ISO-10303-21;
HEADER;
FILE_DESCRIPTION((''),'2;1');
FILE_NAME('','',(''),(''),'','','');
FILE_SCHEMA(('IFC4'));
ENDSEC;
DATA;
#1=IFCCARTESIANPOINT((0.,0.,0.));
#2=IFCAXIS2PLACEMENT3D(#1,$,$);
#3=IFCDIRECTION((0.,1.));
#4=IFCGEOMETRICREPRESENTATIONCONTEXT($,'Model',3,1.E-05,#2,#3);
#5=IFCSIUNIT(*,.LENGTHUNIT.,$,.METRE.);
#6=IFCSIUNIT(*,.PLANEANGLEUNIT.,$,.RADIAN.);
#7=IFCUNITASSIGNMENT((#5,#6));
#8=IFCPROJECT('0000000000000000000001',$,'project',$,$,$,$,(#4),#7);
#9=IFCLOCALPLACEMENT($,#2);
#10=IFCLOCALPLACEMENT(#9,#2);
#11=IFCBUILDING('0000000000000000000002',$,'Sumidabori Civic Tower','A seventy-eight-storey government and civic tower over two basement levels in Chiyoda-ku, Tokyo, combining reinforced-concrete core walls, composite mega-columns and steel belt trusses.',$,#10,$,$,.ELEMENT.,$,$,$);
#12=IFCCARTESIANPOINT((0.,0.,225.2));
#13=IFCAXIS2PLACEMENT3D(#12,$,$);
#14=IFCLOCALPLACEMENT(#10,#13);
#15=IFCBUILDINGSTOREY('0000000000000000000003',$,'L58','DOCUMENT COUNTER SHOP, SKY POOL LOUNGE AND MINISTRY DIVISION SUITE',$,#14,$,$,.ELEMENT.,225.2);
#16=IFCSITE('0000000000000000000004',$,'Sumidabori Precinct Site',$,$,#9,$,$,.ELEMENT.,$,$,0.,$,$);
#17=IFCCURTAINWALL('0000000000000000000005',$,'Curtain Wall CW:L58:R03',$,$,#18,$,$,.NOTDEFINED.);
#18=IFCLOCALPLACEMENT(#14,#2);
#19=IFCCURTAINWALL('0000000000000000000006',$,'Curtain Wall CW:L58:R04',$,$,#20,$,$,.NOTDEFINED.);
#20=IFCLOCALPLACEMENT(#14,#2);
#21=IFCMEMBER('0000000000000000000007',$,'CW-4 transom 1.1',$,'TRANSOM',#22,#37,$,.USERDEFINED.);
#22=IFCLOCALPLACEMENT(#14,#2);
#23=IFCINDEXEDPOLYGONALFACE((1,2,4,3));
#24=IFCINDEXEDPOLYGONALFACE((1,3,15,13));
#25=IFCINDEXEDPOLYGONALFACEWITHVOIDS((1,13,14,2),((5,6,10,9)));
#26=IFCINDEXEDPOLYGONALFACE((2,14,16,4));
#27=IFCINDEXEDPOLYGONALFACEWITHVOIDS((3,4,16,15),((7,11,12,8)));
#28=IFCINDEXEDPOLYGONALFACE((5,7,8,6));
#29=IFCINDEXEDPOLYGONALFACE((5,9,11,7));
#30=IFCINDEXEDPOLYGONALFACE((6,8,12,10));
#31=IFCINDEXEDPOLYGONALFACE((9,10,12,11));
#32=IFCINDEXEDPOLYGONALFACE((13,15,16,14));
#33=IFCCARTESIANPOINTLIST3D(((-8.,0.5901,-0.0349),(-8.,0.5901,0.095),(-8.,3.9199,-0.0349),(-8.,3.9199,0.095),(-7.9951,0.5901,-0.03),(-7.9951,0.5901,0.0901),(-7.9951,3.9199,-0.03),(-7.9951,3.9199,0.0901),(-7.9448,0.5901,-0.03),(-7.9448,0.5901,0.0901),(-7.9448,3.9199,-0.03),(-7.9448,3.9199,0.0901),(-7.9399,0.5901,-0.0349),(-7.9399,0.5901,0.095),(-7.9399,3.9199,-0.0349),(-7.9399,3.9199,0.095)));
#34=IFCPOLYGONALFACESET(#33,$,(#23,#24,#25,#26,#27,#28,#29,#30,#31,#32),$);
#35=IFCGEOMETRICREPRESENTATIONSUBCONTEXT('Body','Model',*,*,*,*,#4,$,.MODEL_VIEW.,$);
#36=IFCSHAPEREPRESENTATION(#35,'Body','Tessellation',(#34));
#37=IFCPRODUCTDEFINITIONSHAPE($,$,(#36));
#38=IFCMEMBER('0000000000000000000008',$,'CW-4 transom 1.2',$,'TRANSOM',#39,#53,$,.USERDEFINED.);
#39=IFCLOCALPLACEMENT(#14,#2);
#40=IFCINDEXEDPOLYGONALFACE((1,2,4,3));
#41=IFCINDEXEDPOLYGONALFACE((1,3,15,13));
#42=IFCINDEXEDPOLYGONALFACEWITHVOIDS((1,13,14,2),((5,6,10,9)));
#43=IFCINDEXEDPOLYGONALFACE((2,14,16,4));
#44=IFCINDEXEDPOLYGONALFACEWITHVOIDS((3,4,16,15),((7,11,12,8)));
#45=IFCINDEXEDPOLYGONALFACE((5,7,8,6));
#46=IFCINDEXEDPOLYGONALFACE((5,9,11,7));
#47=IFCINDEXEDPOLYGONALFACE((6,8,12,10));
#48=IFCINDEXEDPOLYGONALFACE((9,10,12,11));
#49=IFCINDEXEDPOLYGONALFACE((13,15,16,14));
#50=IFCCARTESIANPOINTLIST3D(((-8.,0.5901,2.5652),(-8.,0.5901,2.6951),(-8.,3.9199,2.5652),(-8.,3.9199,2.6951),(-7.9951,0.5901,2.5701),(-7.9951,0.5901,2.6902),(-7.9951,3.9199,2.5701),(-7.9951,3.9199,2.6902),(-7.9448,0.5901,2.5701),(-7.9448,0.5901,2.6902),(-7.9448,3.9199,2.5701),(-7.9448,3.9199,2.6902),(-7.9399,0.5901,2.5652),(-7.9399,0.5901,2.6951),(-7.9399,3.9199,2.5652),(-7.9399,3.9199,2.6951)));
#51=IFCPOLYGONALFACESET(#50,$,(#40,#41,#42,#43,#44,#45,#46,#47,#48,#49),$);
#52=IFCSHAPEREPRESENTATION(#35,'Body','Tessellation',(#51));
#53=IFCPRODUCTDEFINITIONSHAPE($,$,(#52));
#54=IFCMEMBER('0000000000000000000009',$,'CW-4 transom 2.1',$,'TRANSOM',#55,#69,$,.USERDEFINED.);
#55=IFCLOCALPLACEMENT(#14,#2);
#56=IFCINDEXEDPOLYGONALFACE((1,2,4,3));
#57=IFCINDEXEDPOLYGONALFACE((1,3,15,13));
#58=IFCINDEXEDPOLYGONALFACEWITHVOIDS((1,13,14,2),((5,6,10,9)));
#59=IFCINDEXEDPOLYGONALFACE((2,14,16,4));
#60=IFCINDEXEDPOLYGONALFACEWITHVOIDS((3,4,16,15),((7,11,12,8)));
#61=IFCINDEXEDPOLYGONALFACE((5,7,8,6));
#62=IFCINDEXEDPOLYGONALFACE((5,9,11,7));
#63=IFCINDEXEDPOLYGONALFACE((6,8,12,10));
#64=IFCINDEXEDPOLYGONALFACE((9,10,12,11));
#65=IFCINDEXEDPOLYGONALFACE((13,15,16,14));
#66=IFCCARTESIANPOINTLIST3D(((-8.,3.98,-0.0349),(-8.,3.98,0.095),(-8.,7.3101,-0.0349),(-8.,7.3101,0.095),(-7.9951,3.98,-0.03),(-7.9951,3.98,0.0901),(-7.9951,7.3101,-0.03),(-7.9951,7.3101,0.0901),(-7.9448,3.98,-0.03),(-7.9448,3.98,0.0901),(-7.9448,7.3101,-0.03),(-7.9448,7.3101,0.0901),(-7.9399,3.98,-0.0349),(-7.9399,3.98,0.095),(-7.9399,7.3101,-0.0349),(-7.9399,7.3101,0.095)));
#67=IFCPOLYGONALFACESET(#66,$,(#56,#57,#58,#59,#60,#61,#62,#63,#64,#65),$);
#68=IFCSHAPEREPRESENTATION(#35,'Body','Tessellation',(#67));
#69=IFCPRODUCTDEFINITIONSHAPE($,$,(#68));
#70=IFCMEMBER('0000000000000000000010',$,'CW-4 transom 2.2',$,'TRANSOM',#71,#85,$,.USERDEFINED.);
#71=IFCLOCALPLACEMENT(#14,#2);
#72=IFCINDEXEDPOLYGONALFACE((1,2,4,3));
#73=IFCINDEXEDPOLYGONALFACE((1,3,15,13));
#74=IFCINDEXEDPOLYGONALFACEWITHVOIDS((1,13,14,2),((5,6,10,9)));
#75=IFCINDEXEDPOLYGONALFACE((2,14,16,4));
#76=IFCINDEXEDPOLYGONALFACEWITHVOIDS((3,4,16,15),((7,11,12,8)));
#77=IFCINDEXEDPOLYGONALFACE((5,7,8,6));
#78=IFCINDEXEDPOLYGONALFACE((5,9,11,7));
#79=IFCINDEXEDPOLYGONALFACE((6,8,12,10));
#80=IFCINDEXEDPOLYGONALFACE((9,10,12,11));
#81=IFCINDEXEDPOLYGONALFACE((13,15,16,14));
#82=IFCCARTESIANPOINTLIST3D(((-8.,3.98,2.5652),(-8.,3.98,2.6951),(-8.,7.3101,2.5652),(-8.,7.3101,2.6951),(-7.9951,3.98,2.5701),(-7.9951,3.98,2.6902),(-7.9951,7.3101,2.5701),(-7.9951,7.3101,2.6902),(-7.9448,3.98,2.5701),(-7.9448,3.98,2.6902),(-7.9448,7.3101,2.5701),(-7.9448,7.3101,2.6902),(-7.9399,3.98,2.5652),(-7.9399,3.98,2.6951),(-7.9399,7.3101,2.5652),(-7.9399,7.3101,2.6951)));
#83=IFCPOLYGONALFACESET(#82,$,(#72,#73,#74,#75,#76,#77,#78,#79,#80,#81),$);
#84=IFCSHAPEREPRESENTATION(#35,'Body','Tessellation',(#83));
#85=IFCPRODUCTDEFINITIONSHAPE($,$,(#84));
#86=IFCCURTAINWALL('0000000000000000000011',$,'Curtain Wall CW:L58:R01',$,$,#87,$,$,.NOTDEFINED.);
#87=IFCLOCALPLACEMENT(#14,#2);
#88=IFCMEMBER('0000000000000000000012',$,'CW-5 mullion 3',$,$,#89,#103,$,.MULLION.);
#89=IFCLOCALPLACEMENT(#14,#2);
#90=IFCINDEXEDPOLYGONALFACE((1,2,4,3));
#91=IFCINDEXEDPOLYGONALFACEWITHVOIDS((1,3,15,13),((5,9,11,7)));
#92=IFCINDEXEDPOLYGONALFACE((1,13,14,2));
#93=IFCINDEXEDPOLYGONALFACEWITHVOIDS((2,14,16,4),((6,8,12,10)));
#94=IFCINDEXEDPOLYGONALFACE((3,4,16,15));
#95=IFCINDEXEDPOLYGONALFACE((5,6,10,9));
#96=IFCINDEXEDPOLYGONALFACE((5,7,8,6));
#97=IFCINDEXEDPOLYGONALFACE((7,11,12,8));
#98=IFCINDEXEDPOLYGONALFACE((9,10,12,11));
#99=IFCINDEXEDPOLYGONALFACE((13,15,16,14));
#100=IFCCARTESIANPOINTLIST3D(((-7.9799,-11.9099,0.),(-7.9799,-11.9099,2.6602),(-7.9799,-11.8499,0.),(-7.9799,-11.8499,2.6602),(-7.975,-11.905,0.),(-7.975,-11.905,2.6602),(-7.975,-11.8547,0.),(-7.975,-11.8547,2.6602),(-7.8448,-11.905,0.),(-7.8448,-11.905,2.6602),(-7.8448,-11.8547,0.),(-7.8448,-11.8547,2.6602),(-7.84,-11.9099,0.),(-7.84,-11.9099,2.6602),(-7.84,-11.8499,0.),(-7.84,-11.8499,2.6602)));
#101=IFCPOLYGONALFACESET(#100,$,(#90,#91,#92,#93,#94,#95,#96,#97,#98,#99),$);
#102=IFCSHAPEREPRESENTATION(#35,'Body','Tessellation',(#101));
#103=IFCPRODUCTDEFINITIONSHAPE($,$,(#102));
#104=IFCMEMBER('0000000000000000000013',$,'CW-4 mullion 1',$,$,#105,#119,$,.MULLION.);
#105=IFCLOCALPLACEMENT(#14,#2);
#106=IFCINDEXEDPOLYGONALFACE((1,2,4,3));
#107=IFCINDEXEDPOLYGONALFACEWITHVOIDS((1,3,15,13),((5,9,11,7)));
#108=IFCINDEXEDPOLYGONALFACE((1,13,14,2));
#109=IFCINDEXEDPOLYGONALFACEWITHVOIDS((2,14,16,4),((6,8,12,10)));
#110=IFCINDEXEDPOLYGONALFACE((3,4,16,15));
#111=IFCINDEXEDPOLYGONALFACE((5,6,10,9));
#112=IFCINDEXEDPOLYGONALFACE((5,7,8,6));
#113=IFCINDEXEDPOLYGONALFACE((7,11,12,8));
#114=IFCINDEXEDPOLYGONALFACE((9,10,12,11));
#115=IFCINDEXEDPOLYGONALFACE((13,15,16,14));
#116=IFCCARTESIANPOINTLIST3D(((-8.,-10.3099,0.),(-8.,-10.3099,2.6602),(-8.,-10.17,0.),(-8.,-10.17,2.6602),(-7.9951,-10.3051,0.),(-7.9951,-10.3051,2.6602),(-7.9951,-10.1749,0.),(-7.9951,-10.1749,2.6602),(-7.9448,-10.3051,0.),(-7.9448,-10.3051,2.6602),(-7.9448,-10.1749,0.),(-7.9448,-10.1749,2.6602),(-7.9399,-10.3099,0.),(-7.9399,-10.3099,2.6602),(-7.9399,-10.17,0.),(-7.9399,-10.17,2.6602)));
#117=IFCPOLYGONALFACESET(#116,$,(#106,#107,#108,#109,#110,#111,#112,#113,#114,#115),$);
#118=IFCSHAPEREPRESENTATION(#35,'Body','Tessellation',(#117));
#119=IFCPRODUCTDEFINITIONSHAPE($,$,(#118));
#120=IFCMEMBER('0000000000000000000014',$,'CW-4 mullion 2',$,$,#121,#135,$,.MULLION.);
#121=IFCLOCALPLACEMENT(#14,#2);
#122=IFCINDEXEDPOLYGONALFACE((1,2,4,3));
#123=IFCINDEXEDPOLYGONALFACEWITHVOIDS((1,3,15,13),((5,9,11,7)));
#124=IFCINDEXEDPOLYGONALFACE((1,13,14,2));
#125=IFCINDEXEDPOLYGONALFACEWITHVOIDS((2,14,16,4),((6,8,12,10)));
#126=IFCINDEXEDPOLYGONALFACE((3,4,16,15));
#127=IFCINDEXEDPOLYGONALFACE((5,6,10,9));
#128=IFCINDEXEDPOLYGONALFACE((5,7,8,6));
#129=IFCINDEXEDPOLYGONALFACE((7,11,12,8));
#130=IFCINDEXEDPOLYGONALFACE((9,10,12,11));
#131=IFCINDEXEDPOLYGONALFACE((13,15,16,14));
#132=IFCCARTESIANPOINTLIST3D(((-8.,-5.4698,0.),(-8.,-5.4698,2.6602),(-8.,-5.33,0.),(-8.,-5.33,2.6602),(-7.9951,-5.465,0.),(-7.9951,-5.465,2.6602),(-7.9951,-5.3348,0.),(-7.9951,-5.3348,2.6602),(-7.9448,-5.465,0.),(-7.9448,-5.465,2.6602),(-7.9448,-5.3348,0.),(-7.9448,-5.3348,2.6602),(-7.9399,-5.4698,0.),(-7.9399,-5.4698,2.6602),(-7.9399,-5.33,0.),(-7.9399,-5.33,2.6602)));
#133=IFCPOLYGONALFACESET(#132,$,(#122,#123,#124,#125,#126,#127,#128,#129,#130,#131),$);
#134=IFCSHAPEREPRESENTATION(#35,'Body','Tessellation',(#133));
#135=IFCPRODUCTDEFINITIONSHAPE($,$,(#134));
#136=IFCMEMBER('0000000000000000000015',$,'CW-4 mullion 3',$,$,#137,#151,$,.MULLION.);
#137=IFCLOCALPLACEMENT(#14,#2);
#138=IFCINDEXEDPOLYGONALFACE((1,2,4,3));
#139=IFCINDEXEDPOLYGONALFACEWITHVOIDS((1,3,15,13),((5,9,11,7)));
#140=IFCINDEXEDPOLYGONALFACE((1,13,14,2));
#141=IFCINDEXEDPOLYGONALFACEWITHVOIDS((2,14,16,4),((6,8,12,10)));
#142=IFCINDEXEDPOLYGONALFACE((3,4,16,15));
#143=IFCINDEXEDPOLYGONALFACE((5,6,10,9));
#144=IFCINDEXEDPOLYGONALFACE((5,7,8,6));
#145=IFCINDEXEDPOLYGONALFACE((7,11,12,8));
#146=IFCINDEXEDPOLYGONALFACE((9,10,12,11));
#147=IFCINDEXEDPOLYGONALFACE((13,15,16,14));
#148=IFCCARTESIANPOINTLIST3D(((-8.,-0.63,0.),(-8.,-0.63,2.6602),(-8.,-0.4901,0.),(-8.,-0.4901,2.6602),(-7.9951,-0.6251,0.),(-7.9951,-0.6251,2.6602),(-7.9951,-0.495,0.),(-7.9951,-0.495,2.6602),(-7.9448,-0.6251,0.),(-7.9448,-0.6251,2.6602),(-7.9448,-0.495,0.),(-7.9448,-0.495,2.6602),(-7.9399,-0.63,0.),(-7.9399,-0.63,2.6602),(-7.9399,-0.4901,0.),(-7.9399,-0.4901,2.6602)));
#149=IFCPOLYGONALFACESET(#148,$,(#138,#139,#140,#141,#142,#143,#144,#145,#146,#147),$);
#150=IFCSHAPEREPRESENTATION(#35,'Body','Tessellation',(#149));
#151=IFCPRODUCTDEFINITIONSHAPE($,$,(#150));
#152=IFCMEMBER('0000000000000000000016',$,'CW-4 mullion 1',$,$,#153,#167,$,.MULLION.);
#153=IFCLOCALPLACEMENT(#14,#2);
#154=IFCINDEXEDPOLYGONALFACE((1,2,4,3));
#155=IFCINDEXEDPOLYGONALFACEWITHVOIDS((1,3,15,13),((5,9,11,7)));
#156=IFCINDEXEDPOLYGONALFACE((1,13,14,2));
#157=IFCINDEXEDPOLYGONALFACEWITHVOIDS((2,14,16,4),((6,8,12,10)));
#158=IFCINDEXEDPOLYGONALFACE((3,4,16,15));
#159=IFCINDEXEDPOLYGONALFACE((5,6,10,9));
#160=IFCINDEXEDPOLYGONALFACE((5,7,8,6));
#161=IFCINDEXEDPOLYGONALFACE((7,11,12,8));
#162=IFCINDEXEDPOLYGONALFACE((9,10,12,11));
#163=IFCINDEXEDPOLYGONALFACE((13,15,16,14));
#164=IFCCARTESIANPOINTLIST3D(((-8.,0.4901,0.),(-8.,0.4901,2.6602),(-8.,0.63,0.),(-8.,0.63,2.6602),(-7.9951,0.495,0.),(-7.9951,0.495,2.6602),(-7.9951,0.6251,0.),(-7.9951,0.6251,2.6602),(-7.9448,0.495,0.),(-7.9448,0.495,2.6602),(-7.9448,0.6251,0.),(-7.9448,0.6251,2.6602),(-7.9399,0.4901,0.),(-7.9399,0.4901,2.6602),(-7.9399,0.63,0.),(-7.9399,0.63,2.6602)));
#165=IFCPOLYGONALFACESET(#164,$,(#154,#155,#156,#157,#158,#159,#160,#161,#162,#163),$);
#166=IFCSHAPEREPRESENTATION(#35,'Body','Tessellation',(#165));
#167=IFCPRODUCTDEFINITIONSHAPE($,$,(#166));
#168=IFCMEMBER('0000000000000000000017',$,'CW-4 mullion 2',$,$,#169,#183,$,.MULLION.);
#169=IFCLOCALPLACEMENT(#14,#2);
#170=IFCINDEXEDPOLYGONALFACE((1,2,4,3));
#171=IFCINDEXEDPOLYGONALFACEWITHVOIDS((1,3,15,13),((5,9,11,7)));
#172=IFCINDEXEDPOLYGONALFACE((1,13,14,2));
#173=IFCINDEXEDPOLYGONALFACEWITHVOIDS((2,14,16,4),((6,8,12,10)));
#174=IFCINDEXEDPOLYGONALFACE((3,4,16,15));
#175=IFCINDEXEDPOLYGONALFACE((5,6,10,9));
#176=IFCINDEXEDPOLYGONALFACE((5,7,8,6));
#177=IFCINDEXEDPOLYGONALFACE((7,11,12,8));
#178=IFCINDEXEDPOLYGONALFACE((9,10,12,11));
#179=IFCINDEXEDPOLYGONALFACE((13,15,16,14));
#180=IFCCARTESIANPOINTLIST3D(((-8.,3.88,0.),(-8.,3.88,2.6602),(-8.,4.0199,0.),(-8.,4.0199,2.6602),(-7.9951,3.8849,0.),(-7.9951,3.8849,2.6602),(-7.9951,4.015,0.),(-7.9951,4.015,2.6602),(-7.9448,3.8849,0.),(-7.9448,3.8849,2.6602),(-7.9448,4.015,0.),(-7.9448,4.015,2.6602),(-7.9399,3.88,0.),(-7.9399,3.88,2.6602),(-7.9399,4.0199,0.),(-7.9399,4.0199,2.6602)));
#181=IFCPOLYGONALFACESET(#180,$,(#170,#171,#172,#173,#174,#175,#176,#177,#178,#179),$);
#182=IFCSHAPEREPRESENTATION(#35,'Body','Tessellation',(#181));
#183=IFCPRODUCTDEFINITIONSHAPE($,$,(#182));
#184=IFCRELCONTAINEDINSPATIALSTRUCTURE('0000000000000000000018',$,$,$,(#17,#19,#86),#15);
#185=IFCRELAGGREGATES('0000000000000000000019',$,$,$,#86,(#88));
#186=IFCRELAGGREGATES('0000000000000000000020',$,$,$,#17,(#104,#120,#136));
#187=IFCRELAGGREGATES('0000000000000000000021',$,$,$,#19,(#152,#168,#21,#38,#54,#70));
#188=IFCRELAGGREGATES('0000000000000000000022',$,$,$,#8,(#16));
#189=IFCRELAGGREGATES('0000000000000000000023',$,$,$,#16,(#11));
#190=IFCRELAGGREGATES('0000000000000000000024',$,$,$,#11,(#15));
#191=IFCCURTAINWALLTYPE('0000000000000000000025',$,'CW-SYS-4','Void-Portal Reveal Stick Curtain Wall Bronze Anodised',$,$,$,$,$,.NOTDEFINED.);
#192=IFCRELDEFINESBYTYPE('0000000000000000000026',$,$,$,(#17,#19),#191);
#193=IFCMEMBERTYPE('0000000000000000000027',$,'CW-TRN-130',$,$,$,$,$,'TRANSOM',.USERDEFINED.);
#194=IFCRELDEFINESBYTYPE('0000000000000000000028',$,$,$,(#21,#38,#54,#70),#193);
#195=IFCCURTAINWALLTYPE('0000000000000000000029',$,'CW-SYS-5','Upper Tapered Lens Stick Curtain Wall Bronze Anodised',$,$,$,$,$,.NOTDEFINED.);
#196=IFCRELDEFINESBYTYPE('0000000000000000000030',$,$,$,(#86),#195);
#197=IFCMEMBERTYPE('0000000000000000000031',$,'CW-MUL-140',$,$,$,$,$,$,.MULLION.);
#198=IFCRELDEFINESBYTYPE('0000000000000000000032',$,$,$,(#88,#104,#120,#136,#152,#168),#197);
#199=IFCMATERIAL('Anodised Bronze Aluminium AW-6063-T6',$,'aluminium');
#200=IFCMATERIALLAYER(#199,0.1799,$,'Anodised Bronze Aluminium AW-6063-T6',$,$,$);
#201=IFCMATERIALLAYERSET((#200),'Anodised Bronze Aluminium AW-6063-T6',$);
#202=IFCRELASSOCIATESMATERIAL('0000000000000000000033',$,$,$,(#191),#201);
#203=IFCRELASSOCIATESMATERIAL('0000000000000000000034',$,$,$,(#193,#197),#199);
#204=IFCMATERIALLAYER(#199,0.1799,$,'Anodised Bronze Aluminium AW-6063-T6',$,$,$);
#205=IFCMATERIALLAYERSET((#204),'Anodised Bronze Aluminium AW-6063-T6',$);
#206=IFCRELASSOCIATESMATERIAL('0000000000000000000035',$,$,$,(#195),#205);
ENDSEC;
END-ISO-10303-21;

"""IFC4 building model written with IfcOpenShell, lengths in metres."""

from ifc_helpers import new_model, si_unit, direction, frame, origin, origin_2d, place, context, subcontext, project, spatial, hollow_rectangle, extrude, source, transform, mapped, material, layer, layer_set, material_profile, profile_set, type_object, element, aggregate, save


model = new_model("IFC4")

# Units and contexts
model_context = context("Model", 3, precision=1e-05, world=origin(), true_north=direction((0.0, 1.0)))
body_context = subcontext(model_context, "Body", "Model", "MODEL_VIEW")
ifc_project = project(units=[si_unit("LENGTHUNIT", "METRE"), si_unit("PLANEANGLEUNIT", "RADIAN")], contexts=[model_context])

# Site, building, storey
site_placement = place(None, origin())
site = spatial("IfcSite", under=ifc_project, at=site_placement, Name="Sumidabori Precinct Site", CompositionType="ELEMENT", RefElevation=0.0)
building_placement = place(site_placement, origin())
building = spatial("IfcBuilding", under=site, at=building_placement, Name="Sumidabori Civic Tower", Description="A seventy-eight-storey government and civic tower over two basement levels in Chiyoda-ku, Tokyo, combining reinforced-concrete core walls, composite mega-columns and steel belt trusses.", CompositionType="ELEMENT")
storey_placement = place(building_placement, frame((0.0, 0.0, 225.2)))
storey = spatial("IfcBuildingStorey", under=building, at=storey_placement, Name="L58", Description="DOCUMENT COUNTER SHOP, SKY POOL LOUNGE AND MINISTRY DIVISION SUITE", CompositionType="ELEMENT", Elevation=225.2)

# Curtain walls, members
ifc_material_1 = material(Name="Anodised Bronze Aluminium AW-6063-T6", Category="aluminium")
ifc_layer_1 = layer(ifc_material_1, 0.1799, Name="Anodised Bronze Aluminium AW-6063-T6")
ifc_layer_set_1 = layer_set([ifc_layer_1], Name="Anodised Bronze Aluminium AW-6063-T6")
curtain_wall_type_1 = type_object("IfcCurtainWallType", Name="CW-SYS-4", Description="Void-Portal Reveal Stick Curtain Wall Bronze Anodised", PredefinedType="NOTDEFINED", material=ifc_layer_set_1)
curtain_wall_1_placement = place(storey_placement, origin())
curtain_wall_1 = element("IfcCurtainWall", 1, at=curtain_wall_1_placement, inside=storey, type_object=curtain_wall_type_1, Name="Curtain Wall CW:L58:R03", PredefinedType="NOTDEFINED")
ifc_material_profile_1 = material_profile(ifc_material_1, hollow_rectangle(XDim=0.0601, YDim=0.1299, WallThickness=0.0049, at=origin_2d()), Name="ALU TRANSOM 130x60")
ifc_profile_set_1 = profile_set([ifc_material_profile_1], Name="Anodised Bronze Aluminium AW-6063-T6")
member_type_1 = type_object("IfcMemberType", Name="CW-TRN-130", ElementType="TRANSOM", PredefinedType="USERDEFINED", material=ifc_profile_set_1)
curtain_wall_2_placement = place(storey_placement, origin())
curtain_wall_2 = element("IfcCurtainWall", 2, at=curtain_wall_2_placement, inside=storey, type_object=curtain_wall_type_1, Name="Curtain Wall CW:L58:R04", PredefinedType="NOTDEFINED")
shared_shape_1 = source(origin(), body_context, "Body", "SweptSolid", [
    extrude(hollow_rectangle(XDim=0.0601, YDim=0.1299, WallThickness=0.0049, at=origin_2d()), origin(), (0.0, 0.0, 1.0), 3.3298),
])
member_1_placement = place(storey_placement, frame((-7.97, 0.5901, 0.03), z_axis=(0.0, 1.0, 0.0), x_axis=(-1.0, 0.0, 0.0)))
member_1 = element("IfcMember", 3, at=member_1_placement, type_object=member_type_1, Name="CW-4 transom 1.1", ObjectType="TRANSOM", PredefinedType="USERDEFINED", context=body_context, shape_type="MappedRepresentation", body=[
    mapped(shared_shape_1, transform((0.0, 0.0, 0.0), x_axis=(1.0, 0.0, 0.0), y_axis=(0.0, 1.0, 0.0), z_axis=(0.0, 0.0, 1.0), scale=1.0)),
])
member_2_placement = place(storey_placement, frame((-7.97, 0.5901, 2.6301), z_axis=(0.0, 1.0, 0.0), x_axis=(-1.0, 0.0, 0.0)))
member_2 = element("IfcMember", 4, at=member_2_placement, type_object=member_type_1, Name="CW-4 transom 1.2", ObjectType="TRANSOM", PredefinedType="USERDEFINED", context=body_context, shape_type="MappedRepresentation", body=[
    mapped(shared_shape_1, transform((0.0, 0.0, 0.0), x_axis=(1.0, 0.0, 0.0), y_axis=(0.0, 1.0, 0.0), z_axis=(0.0, 0.0, 1.0), scale=1.0)),
])
shared_shape_2 = source(origin(), body_context, "Body", "SweptSolid", [
    extrude(hollow_rectangle(XDim=0.0601, YDim=0.1299, WallThickness=0.0049, at=origin_2d()), origin(), (0.0, 0.0, 1.0), 3.3301),
])
member_3_placement = place(storey_placement, frame((-7.97, 3.98, 0.03), z_axis=(0.0, 1.0, 0.0), x_axis=(-1.0, 0.0, 0.0)))
member_3 = element("IfcMember", 5, at=member_3_placement, type_object=member_type_1, Name="CW-4 transom 2.1", ObjectType="TRANSOM", PredefinedType="USERDEFINED", context=body_context, shape_type="MappedRepresentation", body=[
    mapped(shared_shape_2, transform((0.0, 0.0, 0.0), x_axis=(1.0, 0.0, 0.0), y_axis=(0.0, 1.0, 0.0), z_axis=(0.0, 0.0, 1.0), scale=1.0)),
])
member_4_placement = place(storey_placement, frame((-7.97, 3.98, 2.6301), z_axis=(0.0, 1.0, 0.0), x_axis=(-1.0, 0.0, 0.0)))
member_4 = element("IfcMember", 6, at=member_4_placement, type_object=member_type_1, Name="CW-4 transom 2.2", ObjectType="TRANSOM", PredefinedType="USERDEFINED", context=body_context, shape_type="MappedRepresentation", body=[
    mapped(shared_shape_2, transform((0.0, 0.0, 0.0), x_axis=(1.0, 0.0, 0.0), y_axis=(0.0, 1.0, 0.0), z_axis=(0.0, 0.0, 1.0), scale=1.0)),
])

# Curtain wall, member
ifc_layer_2 = layer(ifc_material_1, 0.1799, Name="Anodised Bronze Aluminium AW-6063-T6")
ifc_layer_set_2 = layer_set([ifc_layer_2], Name="Anodised Bronze Aluminium AW-6063-T6")
curtain_wall_type_2 = type_object("IfcCurtainWallType", Name="CW-SYS-5", Description="Upper Tapered Lens Stick Curtain Wall Bronze Anodised", PredefinedType="NOTDEFINED", material=ifc_layer_set_2)
curtain_wall_3_placement = place(storey_placement, origin())
curtain_wall_3 = element("IfcCurtainWall", 7, at=curtain_wall_3_placement, inside=storey, type_object=curtain_wall_type_2, Name="Curtain Wall CW:L58:R01", PredefinedType="NOTDEFINED")
ifc_material_profile_2 = material_profile(ifc_material_1, hollow_rectangle(XDim=0.0601, YDim=0.1399, WallThickness=0.0049, at=origin_2d()), Name="ALU MULLION 140x60")
ifc_profile_set_2 = profile_set([ifc_material_profile_2], Name="Anodised Bronze Aluminium AW-6063-T6")
member_type_2 = type_object("IfcMemberType", Name="CW-MUL-140", PredefinedType="MULLION", material=ifc_profile_set_2)
shared_shape_3 = source(origin(), body_context, "Body", "SweptSolid", [
    extrude(hollow_rectangle(XDim=0.0601, YDim=0.1399, WallThickness=0.0049, at=origin_2d()), origin(), (0.0, 0.0, 1.0), 2.6602),
])
member_5_placement = place(storey_placement, frame((-7.9099, -11.8799, 0.0), z_axis=(0.0, 0.0, 1.0), x_axis=(0.0, 1.0, 0.0)))
member_5 = element("IfcMember", 8, at=member_5_placement, type_object=member_type_2, Name="CW-5 mullion 3", PredefinedType="MULLION", context=body_context, shape_type="MappedRepresentation", body=[
    mapped(shared_shape_3, transform((0.0, 0.0, 0.0), x_axis=(1.0, 0.0, 0.0), y_axis=(0.0, 1.0, 0.0), z_axis=(0.0, 0.0, 1.0), scale=1.0)),
])

# Members
member_6_placement = place(storey_placement, frame((-7.97, -10.24, 0.0), z_axis=(0.0, 0.0, 1.0), x_axis=(-1.0, 0.0, 0.0)))
member_6 = element("IfcMember", 9, at=member_6_placement, type_object=member_type_2, Name="CW-4 mullion 1", PredefinedType="MULLION", context=body_context, shape_type="MappedRepresentation", body=[
    mapped(shared_shape_3, transform((0.0, 0.0, 0.0), x_axis=(1.0, 0.0, 0.0), y_axis=(0.0, 1.0, 0.0), z_axis=(0.0, 0.0, 1.0), scale=1.0)),
])
member_7_placement = place(storey_placement, frame((-7.97, -5.3999, 0.0), z_axis=(0.0, 0.0, 1.0), x_axis=(-1.0, 0.0, 0.0)))
member_7 = element("IfcMember", 10, at=member_7_placement, type_object=member_type_2, Name="CW-4 mullion 2", PredefinedType="MULLION", context=body_context, shape_type="MappedRepresentation", body=[
    mapped(shared_shape_3, transform((0.0, 0.0, 0.0), x_axis=(1.0, 0.0, 0.0), y_axis=(0.0, 1.0, 0.0), z_axis=(0.0, 0.0, 1.0), scale=1.0)),
])
member_8_placement = place(storey_placement, frame((-7.97, -0.5601, 0.0), z_axis=(0.0, 0.0, 1.0), x_axis=(-1.0, 0.0, 0.0)))
member_8 = element("IfcMember", 11, at=member_8_placement, type_object=member_type_2, Name="CW-4 mullion 3", PredefinedType="MULLION", context=body_context, shape_type="MappedRepresentation", body=[
    mapped(shared_shape_3, transform((0.0, 0.0, 0.0), x_axis=(1.0, 0.0, 0.0), y_axis=(0.0, 1.0, 0.0), z_axis=(0.0, 0.0, 1.0), scale=1.0)),
])
member_9_placement = place(storey_placement, frame((-7.97, 0.5601, 0.0), z_axis=(0.0, 0.0, 1.0), x_axis=(-1.0, 0.0, 0.0)))
member_9 = element("IfcMember", 12, at=member_9_placement, type_object=member_type_2, Name="CW-4 mullion 1", PredefinedType="MULLION", context=body_context, shape_type="MappedRepresentation", body=[
    mapped(shared_shape_3, transform((0.0, 0.0, 0.0), x_axis=(1.0, 0.0, 0.0), y_axis=(0.0, 1.0, 0.0), z_axis=(0.0, 0.0, 1.0), scale=1.0)),
])
member_10_placement = place(storey_placement, frame((-7.97, 3.95, 0.0), z_axis=(0.0, 0.0, 1.0), x_axis=(-1.0, 0.0, 0.0)))
member_10 = element("IfcMember", 13, at=member_10_placement, type_object=member_type_2, Name="CW-4 mullion 2", PredefinedType="MULLION", context=body_context, shape_type="MappedRepresentation", body=[
    mapped(shared_shape_3, transform((0.0, 0.0, 0.0), x_axis=(1.0, 0.0, 0.0), y_axis=(0.0, 1.0, 0.0), z_axis=(0.0, 0.0, 1.0), scale=1.0)),
])

aggregate(curtain_wall_3, [member_5])
aggregate(curtain_wall_1, [member_6, member_7, member_8])
aggregate(curtain_wall_2, [member_9, member_10, member_1, member_2, member_3, member_4])

save(model, "model.ifc")
